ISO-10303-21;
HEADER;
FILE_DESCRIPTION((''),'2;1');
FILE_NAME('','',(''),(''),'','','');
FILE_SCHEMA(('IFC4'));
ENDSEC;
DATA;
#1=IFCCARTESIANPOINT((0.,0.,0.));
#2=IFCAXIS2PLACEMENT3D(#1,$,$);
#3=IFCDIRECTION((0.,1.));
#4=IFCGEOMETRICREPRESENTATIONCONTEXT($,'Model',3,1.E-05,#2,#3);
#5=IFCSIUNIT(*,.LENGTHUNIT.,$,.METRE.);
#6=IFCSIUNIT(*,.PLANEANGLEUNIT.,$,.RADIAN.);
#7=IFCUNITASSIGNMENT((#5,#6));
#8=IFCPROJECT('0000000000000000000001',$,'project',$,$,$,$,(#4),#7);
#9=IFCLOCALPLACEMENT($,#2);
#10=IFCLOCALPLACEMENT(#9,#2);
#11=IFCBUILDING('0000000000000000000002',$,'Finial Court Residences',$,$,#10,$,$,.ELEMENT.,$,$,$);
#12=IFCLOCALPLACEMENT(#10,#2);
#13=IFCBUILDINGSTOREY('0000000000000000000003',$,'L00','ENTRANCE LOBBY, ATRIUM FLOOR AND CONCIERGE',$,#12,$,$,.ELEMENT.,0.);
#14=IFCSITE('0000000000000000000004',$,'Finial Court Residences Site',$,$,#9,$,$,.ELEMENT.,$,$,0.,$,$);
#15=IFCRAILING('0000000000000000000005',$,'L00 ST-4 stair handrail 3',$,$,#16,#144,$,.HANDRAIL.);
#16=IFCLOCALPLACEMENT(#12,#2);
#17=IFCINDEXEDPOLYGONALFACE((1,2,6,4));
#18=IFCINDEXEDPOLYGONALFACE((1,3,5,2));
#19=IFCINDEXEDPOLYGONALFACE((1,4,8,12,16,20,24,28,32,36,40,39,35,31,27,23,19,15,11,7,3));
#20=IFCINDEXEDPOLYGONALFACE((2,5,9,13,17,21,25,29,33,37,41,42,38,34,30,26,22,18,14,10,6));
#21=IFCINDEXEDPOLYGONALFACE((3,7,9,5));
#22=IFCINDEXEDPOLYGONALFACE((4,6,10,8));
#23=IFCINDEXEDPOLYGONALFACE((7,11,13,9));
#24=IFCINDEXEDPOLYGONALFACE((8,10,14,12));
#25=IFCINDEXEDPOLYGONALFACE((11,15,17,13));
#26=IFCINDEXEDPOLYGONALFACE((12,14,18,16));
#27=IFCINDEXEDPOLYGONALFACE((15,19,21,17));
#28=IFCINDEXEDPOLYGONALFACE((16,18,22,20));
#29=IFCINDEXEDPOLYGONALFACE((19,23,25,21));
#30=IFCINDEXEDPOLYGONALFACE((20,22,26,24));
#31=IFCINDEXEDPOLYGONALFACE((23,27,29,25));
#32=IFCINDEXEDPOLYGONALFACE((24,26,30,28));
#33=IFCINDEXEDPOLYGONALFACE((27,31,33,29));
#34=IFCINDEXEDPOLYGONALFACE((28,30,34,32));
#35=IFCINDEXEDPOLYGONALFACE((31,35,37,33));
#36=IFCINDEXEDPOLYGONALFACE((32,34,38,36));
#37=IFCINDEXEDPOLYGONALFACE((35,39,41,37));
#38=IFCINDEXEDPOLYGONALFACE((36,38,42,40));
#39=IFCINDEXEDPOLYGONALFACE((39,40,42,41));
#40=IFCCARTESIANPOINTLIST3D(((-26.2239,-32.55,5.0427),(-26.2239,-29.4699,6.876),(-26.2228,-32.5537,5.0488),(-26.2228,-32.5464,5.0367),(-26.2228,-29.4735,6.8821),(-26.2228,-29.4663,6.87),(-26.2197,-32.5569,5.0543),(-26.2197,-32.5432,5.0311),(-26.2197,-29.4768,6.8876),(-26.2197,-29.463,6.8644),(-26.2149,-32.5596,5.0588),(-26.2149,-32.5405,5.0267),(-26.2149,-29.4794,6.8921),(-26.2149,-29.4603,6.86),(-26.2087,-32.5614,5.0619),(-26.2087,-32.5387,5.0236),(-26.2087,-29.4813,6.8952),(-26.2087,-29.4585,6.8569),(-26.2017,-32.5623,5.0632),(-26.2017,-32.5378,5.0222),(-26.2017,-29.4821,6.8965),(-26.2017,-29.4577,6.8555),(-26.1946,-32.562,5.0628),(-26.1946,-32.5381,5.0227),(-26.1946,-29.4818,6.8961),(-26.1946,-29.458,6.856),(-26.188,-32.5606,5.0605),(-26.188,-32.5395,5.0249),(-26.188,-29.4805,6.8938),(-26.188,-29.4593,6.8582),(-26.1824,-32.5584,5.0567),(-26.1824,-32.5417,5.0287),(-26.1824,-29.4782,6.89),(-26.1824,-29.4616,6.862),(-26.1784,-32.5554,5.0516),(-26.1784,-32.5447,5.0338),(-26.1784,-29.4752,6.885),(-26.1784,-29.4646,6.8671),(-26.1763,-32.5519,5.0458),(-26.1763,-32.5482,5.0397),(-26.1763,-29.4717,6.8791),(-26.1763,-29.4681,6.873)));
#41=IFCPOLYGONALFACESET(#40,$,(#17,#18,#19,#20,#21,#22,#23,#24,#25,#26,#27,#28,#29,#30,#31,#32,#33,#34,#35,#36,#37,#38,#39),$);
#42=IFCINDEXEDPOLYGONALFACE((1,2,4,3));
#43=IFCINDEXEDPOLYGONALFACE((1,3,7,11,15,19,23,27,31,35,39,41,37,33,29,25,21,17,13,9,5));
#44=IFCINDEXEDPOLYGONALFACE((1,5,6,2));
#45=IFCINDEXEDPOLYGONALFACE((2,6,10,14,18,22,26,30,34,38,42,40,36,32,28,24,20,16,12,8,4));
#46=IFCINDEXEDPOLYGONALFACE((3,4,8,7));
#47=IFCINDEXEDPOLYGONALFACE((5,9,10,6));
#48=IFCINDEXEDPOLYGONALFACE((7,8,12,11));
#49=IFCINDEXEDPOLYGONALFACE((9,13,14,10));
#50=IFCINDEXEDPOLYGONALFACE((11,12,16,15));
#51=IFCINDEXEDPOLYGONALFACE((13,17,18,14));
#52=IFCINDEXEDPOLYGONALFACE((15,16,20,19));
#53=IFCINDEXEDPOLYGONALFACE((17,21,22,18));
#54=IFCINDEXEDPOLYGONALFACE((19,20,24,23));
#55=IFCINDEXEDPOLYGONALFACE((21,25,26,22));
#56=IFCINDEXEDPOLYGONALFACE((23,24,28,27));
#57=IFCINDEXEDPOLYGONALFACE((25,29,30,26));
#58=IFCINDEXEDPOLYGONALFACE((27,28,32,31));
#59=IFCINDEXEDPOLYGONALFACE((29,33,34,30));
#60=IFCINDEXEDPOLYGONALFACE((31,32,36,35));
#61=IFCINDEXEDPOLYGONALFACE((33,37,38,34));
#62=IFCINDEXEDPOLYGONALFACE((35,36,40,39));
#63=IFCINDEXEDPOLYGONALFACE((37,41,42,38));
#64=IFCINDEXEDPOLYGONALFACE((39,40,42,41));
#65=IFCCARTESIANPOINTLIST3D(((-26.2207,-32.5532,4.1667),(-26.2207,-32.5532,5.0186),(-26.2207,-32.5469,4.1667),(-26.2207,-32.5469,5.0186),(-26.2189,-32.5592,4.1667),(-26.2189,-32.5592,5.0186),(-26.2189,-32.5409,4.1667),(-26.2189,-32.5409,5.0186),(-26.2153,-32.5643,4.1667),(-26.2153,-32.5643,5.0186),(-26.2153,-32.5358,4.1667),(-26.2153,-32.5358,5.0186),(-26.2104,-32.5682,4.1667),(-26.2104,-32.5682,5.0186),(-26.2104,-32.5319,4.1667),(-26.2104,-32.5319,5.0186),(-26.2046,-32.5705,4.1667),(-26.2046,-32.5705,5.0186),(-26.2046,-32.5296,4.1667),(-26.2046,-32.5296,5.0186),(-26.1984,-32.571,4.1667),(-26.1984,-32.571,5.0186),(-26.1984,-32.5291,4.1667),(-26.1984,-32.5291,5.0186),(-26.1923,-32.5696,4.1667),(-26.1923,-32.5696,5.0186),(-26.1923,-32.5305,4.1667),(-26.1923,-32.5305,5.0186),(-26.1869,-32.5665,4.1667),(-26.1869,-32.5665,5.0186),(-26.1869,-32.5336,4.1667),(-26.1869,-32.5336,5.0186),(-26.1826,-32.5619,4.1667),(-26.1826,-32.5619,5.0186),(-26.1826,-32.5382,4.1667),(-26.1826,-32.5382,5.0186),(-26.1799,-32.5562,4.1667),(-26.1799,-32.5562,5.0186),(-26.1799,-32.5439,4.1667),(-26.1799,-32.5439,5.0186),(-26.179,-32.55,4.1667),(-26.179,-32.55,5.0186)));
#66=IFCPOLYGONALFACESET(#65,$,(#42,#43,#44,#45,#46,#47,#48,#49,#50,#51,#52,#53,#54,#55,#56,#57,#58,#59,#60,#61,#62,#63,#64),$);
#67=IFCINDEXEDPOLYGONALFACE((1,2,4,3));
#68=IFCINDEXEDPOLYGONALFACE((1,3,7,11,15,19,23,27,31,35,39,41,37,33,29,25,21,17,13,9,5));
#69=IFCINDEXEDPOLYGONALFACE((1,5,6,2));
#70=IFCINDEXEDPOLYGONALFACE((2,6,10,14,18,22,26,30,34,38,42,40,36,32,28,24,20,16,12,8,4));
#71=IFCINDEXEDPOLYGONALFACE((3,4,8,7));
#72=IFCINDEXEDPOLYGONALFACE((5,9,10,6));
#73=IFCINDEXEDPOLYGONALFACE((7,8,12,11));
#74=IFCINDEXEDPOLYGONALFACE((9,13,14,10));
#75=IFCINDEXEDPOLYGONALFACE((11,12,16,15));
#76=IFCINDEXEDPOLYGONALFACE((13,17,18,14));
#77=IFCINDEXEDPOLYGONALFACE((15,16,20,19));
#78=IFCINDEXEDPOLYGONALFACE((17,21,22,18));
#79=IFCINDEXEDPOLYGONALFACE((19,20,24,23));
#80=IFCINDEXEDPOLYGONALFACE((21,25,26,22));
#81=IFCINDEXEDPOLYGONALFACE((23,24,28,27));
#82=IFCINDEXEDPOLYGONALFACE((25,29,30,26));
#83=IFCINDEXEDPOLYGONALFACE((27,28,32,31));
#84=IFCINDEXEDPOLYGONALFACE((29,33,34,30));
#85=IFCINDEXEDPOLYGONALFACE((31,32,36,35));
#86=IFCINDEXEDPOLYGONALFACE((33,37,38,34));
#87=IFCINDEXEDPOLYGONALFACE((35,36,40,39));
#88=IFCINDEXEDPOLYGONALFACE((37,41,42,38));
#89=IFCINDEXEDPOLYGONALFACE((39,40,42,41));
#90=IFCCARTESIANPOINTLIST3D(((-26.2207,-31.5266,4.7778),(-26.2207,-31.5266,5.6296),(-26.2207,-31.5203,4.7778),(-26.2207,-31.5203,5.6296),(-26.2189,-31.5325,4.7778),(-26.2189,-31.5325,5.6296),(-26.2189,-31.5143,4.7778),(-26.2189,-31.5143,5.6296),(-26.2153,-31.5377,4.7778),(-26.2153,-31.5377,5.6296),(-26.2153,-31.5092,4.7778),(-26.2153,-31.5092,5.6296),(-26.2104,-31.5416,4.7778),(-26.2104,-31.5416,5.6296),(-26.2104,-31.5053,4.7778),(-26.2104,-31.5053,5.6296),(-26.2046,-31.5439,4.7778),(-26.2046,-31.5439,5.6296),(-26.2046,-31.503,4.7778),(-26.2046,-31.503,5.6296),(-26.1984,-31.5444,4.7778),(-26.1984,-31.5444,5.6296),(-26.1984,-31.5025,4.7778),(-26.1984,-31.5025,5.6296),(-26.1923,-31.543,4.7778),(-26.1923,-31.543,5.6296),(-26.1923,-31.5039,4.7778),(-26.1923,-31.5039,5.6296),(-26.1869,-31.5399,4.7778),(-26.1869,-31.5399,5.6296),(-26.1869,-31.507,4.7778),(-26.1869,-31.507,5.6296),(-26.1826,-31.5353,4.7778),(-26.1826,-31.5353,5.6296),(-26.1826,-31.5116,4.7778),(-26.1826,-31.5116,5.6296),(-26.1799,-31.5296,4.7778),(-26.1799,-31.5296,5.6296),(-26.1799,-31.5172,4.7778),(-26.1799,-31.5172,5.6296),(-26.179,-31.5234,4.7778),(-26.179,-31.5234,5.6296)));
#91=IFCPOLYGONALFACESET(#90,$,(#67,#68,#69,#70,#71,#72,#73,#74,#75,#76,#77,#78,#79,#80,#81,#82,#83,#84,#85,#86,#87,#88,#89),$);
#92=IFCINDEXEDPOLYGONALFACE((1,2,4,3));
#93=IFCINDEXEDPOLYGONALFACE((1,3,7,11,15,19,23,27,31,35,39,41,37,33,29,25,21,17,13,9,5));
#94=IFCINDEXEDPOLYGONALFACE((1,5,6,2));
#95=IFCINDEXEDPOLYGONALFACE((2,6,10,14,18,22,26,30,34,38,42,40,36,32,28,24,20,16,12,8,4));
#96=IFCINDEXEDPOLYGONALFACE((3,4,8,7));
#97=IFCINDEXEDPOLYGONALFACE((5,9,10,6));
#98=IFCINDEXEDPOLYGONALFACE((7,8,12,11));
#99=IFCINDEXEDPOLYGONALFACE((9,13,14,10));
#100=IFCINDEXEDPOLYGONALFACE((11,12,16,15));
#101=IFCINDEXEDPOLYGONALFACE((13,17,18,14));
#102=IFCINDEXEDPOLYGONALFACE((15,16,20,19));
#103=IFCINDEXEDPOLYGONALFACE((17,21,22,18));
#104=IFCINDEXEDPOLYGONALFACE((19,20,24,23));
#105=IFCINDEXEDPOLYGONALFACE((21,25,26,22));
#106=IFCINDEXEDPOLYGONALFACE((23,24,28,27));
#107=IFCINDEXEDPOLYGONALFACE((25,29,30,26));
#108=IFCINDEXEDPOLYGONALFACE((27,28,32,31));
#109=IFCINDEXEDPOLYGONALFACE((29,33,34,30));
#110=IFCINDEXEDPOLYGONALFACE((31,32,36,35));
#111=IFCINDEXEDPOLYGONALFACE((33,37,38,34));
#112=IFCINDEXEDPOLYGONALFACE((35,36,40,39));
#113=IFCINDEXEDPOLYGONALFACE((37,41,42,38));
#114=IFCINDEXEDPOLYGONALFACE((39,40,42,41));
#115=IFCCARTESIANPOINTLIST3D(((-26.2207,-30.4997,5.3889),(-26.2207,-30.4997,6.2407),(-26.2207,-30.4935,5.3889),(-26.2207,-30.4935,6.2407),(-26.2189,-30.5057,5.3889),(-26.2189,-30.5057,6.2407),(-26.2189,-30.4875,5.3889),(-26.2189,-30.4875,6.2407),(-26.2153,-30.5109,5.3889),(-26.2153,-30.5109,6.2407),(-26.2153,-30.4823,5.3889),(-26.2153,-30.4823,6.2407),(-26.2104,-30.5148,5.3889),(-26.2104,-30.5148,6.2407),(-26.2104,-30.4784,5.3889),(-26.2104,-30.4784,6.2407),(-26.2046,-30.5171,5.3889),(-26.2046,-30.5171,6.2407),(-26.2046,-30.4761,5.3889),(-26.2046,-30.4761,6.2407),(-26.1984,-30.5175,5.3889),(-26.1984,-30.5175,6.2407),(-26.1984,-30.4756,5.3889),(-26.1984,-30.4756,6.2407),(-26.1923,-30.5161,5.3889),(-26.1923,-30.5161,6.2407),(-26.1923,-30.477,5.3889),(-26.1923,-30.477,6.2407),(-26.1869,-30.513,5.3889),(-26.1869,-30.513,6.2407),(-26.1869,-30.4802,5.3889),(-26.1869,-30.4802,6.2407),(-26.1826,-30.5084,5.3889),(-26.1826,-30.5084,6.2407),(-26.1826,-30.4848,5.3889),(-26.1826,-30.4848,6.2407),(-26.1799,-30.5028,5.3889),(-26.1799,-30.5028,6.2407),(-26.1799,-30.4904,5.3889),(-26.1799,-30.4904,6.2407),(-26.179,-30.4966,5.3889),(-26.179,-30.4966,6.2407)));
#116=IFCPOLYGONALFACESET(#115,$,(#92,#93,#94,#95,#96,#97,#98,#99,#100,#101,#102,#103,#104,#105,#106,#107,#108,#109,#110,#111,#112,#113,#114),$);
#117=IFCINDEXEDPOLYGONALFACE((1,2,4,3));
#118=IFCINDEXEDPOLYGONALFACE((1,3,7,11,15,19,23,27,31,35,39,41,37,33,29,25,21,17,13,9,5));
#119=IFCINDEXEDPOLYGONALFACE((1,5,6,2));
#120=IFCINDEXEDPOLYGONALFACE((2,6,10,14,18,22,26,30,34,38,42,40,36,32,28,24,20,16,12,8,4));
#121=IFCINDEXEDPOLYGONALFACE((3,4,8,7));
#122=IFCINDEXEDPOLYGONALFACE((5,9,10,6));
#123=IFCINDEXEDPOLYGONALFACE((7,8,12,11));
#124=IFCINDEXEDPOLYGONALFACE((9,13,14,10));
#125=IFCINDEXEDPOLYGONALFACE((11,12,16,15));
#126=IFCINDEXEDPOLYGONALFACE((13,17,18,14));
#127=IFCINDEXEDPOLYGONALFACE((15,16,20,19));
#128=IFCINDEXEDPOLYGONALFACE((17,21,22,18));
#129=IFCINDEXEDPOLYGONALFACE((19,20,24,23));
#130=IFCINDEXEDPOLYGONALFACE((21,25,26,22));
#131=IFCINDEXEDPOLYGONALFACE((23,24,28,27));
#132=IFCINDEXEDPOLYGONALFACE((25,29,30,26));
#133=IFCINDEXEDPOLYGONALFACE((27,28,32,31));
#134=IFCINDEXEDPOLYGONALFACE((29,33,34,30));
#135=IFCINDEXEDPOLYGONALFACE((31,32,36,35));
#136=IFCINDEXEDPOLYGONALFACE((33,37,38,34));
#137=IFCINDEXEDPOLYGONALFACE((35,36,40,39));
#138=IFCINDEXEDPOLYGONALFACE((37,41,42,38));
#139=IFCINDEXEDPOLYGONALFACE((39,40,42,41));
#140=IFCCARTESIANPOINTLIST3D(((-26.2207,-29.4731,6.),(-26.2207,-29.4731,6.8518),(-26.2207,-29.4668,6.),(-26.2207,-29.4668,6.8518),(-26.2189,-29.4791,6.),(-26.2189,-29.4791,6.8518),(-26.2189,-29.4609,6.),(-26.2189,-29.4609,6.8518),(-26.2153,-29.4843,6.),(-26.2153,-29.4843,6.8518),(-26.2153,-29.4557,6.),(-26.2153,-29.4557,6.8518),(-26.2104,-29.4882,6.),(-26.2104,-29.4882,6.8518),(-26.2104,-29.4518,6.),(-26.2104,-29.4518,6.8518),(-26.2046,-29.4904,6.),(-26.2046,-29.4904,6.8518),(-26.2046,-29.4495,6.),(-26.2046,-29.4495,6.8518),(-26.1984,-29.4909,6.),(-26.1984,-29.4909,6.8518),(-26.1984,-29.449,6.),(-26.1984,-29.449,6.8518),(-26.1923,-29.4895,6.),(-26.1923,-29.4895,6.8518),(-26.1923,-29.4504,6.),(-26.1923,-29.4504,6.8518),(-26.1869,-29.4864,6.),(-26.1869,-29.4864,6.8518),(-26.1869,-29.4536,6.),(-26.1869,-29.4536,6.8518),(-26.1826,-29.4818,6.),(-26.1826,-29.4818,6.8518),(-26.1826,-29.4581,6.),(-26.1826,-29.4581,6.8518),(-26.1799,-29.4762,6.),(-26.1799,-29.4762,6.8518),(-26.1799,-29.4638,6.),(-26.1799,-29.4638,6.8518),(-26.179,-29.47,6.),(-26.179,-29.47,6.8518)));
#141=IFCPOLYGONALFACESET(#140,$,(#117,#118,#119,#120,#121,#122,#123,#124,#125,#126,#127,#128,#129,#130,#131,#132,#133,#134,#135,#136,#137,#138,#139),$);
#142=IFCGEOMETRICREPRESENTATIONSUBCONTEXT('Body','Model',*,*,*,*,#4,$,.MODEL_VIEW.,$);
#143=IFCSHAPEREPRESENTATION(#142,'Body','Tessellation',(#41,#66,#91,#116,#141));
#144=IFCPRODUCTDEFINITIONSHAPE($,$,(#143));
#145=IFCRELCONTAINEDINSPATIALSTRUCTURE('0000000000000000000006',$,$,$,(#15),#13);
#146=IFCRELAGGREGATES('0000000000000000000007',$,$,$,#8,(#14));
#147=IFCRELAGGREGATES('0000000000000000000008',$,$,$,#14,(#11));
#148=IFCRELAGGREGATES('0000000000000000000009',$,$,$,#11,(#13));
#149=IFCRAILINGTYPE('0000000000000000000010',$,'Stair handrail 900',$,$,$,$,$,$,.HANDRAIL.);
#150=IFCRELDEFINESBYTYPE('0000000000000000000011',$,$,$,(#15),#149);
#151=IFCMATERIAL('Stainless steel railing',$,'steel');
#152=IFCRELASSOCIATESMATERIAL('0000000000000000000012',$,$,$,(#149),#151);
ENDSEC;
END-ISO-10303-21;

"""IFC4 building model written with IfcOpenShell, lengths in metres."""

from ifc_helpers import new_model, si_unit, direction, frame, origin, origin_2d, place, context, subcontext, project, spatial, circle, extrude, material, type_object, element, save


model = new_model("IFC4")

# Units and contexts
model_context = context("Model", 3, precision=1e-05, world=origin(), true_north=direction((0.0, 1.0)))
body_context = subcontext(model_context, "Body", "Model", "MODEL_VIEW")
ifc_project = project(units=[si_unit("LENGTHUNIT", "METRE"), si_unit("PLANEANGLEUNIT", "RADIAN")], contexts=[model_context])

# Site, building, storey
site_placement = place(None, origin())
site = spatial("IfcSite", under=ifc_project, at=site_placement, Name="Finial Court Residences Site", CompositionType="ELEMENT", RefElevation=0.0)
building_placement = place(site_placement, origin())
building = spatial("IfcBuilding", under=site, at=building_placement, Name="Finial Court Residences", CompositionType="ELEMENT")
storey_placement = place(building_placement, origin())
storey = spatial("IfcBuildingStorey", under=building, at=storey_placement, Name="L00", Description="ENTRANCE LOBBY, ATRIUM FLOOR AND CONCIERGE", CompositionType="ELEMENT", Elevation=0.0)

# Railing
ifc_material_1 = material(Name="Stainless steel railing", Category="steel")
railing_type = type_object("IfcRailingType", Name="Stair handrail 900", PredefinedType="HANDRAIL", material=ifc_material_1)
for number, where, name in (
    (1, (-26.2, -32.55, 4.1667), "L00 ST-4 stair handrail 3"),
):
    element("IfcRailing", number, at=place(storey_placement, frame(where)), inside=storey, type_object=railing_type, Name=name, PredefinedType="HANDRAIL", context=body_context, shape_type="SweptSolid", body=[
        extrude(circle(Radius=0.0239, at=origin_2d()), frame((0.0, 0.0, 0.876), z_axis=(0.0, 0.859309, 0.511458), x_axis=(-1.0, 0.0, 0.0)), (0.0, 0.0, 1.0), 3.5845),
        extrude(circle(Radius=0.021, at=origin_2d()), origin(), (0.0, 0.0, 1.0), 0.8518),
        extrude(circle(Radius=0.021, at=origin_2d()), frame((0.0, 1.0266, 0.6111)), (0.0, 0.0, 1.0), 0.8518),
        extrude(circle(Radius=0.021, at=origin_2d()), frame((0.0, 2.0535, 1.2222)), (0.0, 0.0, 1.0), 0.8518),
        extrude(circle(Radius=0.021, at=origin_2d()), frame((0.0, 3.0801, 1.8333)), (0.0, 0.0, 1.0), 0.8518),
    ])

save(model, "model.ifc")
